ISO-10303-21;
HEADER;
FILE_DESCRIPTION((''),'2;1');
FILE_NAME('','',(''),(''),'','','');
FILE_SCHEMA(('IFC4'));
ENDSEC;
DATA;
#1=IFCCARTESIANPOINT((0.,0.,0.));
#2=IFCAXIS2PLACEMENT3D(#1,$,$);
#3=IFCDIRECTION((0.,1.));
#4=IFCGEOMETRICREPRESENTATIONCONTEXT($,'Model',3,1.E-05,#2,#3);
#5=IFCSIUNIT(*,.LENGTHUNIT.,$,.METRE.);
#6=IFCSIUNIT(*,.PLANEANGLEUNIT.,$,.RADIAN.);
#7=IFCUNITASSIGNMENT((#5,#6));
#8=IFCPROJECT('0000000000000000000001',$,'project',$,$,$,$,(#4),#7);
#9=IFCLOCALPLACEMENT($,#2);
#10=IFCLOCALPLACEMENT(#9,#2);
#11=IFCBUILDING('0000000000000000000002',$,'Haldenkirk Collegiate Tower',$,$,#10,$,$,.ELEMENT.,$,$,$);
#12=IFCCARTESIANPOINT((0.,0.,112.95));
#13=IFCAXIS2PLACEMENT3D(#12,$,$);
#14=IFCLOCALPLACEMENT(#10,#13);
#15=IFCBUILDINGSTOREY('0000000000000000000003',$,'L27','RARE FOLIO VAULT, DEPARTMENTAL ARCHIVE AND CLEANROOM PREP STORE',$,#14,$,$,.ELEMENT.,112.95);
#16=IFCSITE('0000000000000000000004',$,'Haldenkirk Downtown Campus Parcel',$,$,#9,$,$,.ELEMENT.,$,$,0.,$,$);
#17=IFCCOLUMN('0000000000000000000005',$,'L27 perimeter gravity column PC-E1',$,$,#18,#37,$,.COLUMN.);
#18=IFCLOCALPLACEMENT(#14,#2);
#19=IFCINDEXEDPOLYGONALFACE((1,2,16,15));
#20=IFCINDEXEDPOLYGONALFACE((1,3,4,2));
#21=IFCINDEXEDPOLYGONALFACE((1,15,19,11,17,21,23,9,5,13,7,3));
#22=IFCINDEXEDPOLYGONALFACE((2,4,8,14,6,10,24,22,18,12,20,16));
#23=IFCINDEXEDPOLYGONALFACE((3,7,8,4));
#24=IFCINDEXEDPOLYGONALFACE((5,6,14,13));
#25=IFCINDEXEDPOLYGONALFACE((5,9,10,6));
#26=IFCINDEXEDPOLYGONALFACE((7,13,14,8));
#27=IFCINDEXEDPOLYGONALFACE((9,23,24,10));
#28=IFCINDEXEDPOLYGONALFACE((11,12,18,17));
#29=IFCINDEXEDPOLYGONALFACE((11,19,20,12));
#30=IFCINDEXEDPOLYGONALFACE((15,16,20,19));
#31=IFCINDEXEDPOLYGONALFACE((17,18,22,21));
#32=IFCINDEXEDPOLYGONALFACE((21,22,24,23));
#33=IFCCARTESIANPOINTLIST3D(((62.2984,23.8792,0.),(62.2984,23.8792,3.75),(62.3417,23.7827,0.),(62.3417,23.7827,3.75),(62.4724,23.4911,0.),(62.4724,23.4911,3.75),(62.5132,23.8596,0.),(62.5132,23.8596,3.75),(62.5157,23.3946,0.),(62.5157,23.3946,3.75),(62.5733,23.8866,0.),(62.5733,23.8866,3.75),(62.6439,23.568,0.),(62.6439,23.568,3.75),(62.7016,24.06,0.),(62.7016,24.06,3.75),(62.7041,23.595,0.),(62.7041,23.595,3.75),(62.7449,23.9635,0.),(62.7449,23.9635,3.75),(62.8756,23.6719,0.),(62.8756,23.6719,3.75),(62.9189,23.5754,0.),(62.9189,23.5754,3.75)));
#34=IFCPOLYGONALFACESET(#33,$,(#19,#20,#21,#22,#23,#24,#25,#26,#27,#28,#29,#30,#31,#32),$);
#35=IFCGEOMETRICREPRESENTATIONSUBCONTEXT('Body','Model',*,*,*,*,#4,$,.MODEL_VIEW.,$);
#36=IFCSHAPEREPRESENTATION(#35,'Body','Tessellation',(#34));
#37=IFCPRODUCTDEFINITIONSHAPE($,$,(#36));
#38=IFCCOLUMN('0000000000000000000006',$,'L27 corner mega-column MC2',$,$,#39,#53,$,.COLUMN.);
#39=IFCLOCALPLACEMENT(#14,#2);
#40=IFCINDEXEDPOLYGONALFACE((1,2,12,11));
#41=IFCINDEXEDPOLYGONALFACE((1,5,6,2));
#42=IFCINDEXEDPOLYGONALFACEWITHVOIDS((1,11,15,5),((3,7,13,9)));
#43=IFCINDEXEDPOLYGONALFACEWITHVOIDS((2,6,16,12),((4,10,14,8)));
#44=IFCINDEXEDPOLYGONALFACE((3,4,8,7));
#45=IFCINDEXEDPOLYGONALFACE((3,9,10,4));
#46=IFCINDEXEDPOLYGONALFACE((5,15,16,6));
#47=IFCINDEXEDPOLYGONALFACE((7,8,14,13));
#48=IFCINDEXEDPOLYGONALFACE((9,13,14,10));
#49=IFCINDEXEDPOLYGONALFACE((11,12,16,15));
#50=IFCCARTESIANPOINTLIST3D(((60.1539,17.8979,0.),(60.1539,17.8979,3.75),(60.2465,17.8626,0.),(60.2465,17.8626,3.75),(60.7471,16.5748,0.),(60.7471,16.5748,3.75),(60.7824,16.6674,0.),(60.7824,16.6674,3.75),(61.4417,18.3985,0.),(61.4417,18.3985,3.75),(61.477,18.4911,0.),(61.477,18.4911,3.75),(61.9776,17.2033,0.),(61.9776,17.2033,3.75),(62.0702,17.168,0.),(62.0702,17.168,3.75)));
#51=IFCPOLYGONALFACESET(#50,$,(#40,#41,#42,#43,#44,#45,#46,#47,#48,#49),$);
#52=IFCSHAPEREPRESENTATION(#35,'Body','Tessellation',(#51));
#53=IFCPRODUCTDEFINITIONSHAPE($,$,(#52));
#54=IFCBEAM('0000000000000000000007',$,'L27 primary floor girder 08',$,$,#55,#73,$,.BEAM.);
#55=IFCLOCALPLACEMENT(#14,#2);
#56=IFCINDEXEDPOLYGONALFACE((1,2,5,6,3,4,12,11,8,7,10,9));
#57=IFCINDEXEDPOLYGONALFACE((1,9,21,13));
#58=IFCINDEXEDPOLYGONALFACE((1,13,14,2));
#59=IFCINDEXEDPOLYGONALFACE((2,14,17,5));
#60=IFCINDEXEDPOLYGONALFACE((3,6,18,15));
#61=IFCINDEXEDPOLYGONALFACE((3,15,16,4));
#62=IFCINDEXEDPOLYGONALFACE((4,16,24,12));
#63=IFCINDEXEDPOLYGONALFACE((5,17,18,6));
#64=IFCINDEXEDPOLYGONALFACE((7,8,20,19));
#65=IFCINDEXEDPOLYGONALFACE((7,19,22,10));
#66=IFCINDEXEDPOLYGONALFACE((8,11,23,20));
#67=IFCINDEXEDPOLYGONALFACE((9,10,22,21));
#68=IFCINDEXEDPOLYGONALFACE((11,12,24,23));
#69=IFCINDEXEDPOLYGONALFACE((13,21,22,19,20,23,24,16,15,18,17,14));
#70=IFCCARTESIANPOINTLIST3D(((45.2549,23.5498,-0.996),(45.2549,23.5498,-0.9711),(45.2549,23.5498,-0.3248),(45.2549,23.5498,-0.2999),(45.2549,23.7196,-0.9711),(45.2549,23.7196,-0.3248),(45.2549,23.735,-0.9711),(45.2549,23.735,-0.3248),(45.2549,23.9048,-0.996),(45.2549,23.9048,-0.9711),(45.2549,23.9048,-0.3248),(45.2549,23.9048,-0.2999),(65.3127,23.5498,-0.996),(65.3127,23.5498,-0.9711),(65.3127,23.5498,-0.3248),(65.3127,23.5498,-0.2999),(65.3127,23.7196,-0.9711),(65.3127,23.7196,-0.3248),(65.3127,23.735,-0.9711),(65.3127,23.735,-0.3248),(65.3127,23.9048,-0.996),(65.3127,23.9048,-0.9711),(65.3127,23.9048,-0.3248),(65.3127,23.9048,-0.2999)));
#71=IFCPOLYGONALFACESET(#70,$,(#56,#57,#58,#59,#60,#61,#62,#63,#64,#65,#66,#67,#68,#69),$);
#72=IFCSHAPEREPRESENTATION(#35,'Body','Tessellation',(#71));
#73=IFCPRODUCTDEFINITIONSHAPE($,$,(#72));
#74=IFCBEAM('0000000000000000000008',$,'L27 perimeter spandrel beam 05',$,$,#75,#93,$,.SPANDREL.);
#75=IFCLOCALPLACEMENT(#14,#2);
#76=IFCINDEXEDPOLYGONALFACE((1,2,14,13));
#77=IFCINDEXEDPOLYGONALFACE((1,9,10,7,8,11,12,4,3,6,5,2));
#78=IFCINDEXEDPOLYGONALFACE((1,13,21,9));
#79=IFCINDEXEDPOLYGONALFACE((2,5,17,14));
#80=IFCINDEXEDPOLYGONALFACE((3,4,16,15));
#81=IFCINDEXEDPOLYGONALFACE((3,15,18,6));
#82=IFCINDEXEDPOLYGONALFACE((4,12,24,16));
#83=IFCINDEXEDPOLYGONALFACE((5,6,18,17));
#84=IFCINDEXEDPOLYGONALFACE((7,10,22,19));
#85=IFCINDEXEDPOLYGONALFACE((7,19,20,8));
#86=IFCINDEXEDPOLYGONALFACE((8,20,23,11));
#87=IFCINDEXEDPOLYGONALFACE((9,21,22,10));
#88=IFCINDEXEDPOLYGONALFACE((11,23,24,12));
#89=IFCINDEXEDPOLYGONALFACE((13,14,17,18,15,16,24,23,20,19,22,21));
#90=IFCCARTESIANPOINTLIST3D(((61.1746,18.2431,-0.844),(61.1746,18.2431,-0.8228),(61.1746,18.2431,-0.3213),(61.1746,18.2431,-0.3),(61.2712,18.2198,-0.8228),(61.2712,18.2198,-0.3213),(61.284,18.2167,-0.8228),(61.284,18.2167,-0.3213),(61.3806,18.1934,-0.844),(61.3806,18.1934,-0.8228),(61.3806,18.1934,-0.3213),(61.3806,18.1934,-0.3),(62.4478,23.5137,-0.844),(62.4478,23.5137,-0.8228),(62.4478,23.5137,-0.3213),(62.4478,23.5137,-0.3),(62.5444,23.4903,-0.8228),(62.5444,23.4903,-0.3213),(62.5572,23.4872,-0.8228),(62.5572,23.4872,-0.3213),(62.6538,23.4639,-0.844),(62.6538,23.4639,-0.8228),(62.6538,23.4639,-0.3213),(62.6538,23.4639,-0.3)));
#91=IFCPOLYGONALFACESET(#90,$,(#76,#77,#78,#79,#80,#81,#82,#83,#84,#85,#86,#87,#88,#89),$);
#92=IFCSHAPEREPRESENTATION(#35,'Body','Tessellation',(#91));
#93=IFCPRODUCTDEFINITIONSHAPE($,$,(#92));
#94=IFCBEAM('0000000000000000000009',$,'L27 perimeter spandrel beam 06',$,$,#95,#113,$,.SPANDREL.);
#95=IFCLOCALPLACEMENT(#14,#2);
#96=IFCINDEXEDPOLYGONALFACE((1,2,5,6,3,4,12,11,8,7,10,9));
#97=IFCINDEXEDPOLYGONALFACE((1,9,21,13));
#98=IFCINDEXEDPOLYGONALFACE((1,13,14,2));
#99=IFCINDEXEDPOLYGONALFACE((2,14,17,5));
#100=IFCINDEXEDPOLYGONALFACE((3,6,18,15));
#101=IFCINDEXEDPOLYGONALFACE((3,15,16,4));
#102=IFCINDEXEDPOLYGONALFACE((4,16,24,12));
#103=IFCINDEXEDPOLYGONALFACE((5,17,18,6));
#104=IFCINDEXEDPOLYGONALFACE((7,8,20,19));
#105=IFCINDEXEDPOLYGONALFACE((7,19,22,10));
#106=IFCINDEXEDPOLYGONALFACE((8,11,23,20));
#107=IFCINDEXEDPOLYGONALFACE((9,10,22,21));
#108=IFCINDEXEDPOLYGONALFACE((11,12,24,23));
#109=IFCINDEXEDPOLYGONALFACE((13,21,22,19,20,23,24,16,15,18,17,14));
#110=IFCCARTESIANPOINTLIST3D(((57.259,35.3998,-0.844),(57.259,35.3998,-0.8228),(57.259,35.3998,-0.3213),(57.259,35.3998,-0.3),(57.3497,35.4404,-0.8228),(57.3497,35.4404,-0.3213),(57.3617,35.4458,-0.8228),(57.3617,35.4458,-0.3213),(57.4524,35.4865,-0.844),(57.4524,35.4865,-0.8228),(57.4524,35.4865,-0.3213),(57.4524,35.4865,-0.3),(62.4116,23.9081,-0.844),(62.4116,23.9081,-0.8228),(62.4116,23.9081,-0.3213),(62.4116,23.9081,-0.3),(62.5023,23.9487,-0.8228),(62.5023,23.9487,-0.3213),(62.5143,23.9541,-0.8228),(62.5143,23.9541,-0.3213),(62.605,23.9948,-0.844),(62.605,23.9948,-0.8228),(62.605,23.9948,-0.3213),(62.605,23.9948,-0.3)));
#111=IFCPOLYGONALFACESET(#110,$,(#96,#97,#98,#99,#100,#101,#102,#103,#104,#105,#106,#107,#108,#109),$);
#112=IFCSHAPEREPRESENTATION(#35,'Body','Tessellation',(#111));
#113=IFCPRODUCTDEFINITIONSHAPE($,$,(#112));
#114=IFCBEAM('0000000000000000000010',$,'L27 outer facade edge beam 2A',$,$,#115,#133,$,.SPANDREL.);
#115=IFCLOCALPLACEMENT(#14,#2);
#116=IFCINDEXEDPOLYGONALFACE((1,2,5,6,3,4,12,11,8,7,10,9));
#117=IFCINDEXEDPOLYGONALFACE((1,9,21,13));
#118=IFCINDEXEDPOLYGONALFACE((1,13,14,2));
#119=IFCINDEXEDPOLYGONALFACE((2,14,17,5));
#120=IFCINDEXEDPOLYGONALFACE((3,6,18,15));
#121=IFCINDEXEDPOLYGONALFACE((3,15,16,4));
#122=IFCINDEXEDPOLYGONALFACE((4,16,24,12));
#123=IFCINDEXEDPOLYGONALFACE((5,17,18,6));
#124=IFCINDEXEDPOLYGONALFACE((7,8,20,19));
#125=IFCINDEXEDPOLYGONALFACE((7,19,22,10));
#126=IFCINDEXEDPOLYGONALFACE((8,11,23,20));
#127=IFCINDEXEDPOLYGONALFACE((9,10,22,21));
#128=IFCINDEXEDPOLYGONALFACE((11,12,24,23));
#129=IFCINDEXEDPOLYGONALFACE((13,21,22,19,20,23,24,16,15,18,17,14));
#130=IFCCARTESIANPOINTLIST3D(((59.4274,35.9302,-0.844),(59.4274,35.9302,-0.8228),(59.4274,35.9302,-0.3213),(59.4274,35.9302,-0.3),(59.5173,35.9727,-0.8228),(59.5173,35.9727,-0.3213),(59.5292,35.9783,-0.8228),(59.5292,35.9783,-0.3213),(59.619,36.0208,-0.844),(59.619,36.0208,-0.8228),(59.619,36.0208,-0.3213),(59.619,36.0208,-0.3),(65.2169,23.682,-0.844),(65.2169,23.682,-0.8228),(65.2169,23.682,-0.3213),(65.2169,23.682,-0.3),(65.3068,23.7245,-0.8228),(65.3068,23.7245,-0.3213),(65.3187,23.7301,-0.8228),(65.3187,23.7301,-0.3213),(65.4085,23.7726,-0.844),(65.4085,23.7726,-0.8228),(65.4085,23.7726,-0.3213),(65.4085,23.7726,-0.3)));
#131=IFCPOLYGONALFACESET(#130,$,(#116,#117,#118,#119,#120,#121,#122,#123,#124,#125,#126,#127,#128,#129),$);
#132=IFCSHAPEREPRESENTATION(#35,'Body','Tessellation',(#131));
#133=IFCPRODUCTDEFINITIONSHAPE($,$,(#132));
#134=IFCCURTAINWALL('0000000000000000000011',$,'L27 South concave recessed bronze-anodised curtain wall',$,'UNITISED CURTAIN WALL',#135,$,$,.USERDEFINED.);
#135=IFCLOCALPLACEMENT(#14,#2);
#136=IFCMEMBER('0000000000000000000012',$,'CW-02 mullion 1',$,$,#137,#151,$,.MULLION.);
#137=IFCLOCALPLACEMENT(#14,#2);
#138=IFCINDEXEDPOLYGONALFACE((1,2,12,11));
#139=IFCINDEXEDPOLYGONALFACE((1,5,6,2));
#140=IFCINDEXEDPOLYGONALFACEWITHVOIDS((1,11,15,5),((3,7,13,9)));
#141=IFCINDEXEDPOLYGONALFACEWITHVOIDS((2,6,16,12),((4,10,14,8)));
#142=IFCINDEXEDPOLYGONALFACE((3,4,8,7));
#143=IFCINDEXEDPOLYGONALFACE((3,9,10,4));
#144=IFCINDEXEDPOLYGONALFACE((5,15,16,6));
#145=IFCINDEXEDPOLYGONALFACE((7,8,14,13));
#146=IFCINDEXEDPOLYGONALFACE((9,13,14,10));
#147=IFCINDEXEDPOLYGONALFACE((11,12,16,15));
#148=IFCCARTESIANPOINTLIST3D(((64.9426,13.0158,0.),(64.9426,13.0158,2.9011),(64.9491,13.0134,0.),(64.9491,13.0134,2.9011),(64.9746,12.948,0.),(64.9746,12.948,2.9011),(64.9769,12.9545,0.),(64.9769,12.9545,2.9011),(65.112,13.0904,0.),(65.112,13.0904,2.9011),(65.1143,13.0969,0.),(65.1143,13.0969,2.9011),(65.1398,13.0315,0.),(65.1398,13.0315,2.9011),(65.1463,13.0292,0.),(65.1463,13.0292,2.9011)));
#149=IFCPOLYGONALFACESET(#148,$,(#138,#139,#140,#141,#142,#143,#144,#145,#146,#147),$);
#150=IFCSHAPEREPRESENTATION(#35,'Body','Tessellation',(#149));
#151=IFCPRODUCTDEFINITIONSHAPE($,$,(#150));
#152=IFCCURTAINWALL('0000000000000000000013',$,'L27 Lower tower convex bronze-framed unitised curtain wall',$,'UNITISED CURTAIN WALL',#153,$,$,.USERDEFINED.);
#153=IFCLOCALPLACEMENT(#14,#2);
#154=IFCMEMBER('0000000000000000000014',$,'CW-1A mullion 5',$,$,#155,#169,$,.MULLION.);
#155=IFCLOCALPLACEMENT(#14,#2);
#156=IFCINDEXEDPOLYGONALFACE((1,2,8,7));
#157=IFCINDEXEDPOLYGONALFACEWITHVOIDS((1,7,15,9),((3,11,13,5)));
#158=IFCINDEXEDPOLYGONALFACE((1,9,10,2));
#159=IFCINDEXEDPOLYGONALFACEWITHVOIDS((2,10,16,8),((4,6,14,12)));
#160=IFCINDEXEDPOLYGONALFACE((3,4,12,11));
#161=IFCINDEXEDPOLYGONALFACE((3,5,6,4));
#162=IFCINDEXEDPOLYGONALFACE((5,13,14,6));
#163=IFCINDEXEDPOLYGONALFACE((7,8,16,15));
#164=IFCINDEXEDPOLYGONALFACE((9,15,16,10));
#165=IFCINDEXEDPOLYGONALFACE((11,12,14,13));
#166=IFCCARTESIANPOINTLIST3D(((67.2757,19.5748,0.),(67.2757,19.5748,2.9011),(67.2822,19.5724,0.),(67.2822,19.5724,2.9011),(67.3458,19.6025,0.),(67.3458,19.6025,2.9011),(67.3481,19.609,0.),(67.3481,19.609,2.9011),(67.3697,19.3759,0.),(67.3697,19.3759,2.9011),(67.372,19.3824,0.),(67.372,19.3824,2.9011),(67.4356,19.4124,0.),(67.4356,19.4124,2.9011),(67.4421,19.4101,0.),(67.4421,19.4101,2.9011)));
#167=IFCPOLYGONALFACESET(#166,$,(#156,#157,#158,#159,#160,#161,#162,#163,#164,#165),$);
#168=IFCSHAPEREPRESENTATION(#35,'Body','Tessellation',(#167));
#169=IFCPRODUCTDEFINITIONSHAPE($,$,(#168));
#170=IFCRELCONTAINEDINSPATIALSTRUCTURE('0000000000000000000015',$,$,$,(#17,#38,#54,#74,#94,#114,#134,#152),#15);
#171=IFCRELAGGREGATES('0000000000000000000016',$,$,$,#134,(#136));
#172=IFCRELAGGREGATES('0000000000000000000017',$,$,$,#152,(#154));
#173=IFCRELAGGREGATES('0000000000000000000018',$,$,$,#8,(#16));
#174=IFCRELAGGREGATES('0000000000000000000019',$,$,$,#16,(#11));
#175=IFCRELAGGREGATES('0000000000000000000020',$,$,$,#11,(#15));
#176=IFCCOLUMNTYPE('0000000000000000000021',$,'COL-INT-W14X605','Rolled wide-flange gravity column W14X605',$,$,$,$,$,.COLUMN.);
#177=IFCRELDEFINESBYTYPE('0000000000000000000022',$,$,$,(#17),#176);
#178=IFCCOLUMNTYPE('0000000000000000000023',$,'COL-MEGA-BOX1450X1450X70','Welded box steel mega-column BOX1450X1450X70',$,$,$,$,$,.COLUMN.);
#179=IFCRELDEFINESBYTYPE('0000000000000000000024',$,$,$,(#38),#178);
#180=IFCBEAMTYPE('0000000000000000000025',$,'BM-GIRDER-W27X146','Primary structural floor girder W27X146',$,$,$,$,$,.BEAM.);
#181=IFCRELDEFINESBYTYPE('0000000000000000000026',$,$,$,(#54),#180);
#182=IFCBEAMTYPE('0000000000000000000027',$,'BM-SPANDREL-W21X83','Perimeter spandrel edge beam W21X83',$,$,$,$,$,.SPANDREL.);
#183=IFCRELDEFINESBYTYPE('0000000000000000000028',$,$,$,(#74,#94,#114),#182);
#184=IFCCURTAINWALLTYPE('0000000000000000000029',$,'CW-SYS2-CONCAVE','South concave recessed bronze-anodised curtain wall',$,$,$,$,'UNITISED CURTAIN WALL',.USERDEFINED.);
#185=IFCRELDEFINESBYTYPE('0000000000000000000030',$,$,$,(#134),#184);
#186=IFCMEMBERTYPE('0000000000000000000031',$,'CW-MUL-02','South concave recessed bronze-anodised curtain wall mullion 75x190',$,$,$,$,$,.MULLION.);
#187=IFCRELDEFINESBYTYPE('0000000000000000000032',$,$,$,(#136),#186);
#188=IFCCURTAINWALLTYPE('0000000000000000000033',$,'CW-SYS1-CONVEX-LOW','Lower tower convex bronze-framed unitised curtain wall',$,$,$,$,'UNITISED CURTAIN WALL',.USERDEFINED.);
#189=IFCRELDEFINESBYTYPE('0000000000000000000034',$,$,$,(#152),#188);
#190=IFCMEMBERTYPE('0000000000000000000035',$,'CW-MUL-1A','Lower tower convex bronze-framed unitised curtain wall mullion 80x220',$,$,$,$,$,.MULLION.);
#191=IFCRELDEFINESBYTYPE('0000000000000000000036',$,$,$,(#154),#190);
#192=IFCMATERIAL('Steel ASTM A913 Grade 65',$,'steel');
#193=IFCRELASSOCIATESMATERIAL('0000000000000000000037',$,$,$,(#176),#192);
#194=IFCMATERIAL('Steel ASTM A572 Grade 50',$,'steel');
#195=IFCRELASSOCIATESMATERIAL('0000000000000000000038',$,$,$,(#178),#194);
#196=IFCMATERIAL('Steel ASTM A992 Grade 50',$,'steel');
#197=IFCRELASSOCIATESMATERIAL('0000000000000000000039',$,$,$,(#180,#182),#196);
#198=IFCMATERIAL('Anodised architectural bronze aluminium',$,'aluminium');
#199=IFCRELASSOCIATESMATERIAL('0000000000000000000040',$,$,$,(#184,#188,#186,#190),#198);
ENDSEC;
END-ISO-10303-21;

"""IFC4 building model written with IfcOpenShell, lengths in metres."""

from ifc_helpers import new_model, si_unit, direction, frame, origin, origin_2d, place, context, subcontext, project, spatial, hollow_rectangle, i_section, extrude, material, material_profile, profile_set, type_object, element, aggregate, save


model = new_model("IFC4")

# Units and contexts
model_context = context("Model", 3, precision=1e-05, world=origin(), true_north=direction((0.0, 1.0)))
body_context = subcontext(model_context, "Body", "Model", "MODEL_VIEW")
ifc_project = project(units=[si_unit("LENGTHUNIT", "METRE"), si_unit("PLANEANGLEUNIT", "RADIAN")], contexts=[model_context])

# Site, building, storey
site_placement = place(None, origin())
site = spatial("IfcSite", under=ifc_project, at=site_placement, Name="Haldenkirk Downtown Campus Parcel", CompositionType="ELEMENT", RefElevation=0.0)
building_placement = place(site_placement, origin())
building = spatial("IfcBuilding", under=site, at=building_placement, Name="Haldenkirk Collegiate Tower", CompositionType="ELEMENT")
storey_placement = place(building_placement, frame((0.0, 0.0, 112.95)))
storey = spatial("IfcBuildingStorey", under=building, at=storey_placement, Name="L27", Description="RARE FOLIO VAULT, DEPARTMENTAL ARCHIVE AND CLEANROOM PREP STORE", CompositionType="ELEMENT", Elevation=112.95)

# Columns
ifc_material_1 = material(Name="Steel ASTM A913 Grade 65", Category="steel")
ifc_material_profile_1 = material_profile(ifc_material_1, i_section(OverallWidth=0.4419, OverallDepth=0.531, WebThickness=0.0659, FlangeThickness=0.1057, at=origin_2d()), Name="W14X605")
ifc_profile_set_1 = profile_set([ifc_material_profile_1], Name="Steel ASTM A913 Grade 65")
column_type_1 = type_object("IfcColumnType", Name="COL-INT-W14X605", Description="Rolled wide-flange gravity column W14X605", PredefinedType="COLUMN", material=ifc_profile_set_1)
column_1_placement = place(storey_placement, frame((62.6086, 23.7273, 0.0), z_axis=(0.0, 0.0, 1.0), x_axis=(0.912477, 0.409127, 0.0)))
element("IfcColumn", 1, at=column_1_placement, inside=storey, type_object=column_type_1, Name="L27 perimeter gravity column PC-E1", PredefinedType="COLUMN", context=body_context, shape_type="SweptSolid", body=[
    extrude(i_section(OverallWidth=0.4419, OverallDepth=0.531, WebThickness=0.0659, FlangeThickness=0.1057, at=origin_2d()), origin(), (0.0, 0.0, 1.0), 3.75),
])
ifc_material_2 = material(Name="Steel ASTM A572 Grade 50", Category="steel")
ifc_material_profile_2 = material_profile(ifc_material_2, hollow_rectangle(XDim=1.45, YDim=1.45, WallThickness=0.0701, at=origin_2d()), Name="BOX1450X1450X70")
ifc_profile_set_2 = profile_set([ifc_material_profile_2], Name="Steel ASTM A572 Grade 50")
column_type_2 = type_object("IfcColumnType", Name="COL-MEGA-BOX1450X1450X70", Description="Welded box steel mega-column BOX1450X1450X70", PredefinedType="COLUMN", material=ifc_profile_set_2)
column_2_placement = place(storey_placement, frame((61.1121, 17.533, 0.0), z_axis=(0.0, 0.0, 1.0), x_axis=(0.912477, 0.409127, 0.0)))
element("IfcColumn", 2, at=column_2_placement, inside=storey, type_object=column_type_2, Name="L27 corner mega-column MC2", PredefinedType="COLUMN", context=body_context, shape_type="SweptSolid", body=[
    extrude(hollow_rectangle(XDim=1.45, YDim=1.45, WallThickness=0.0701, at=origin_2d()), origin(), (0.0, 0.0, 1.0), 3.75),
])

# Beams
ifc_material_3 = material(Name="Steel ASTM A992 Grade 50", Category="steel")
ifc_material_profile_3 = material_profile(ifc_material_3, i_section(OverallWidth=0.355, OverallDepth=0.696, WebThickness=0.0154, FlangeThickness=0.0249, at=origin_2d()), Name="W27X146")
ifc_profile_set_3 = profile_set([ifc_material_profile_3], Name="Steel ASTM A992 Grade 50")
beam_type_1 = type_object("IfcBeamType", Name="BM-GIRDER-W27X146", Description="Primary structural floor girder W27X146", PredefinedType="BEAM", material=ifc_profile_set_3)
beam_1_placement = place(storey_placement, frame((65.3127, 23.7273, -0.6479), z_axis=(-1.0, 0.0, 0.0), x_axis=(0.0, -1.0, 0.0)))
element("IfcBeam", 3, at=beam_1_placement, inside=storey, type_object=beam_type_1, Name="L27 primary floor girder 08", PredefinedType="BEAM", context=body_context, shape_type="SweptSolid", body=[
    extrude(i_section(OverallWidth=0.355, OverallDepth=0.696, WebThickness=0.0154, FlangeThickness=0.0249, at=origin_2d()), origin(), (0.0, 0.0, 1.0), 20.0579),
])
ifc_material_profile_4 = material_profile(ifc_material_3, i_section(OverallWidth=0.2119, OverallDepth=0.5439, WebThickness=0.0132, FlangeThickness=0.0212, at=origin_2d()), Name="W21X83")
ifc_profile_set_4 = profile_set([ifc_material_profile_4], Name="Steel ASTM A992 Grade 50")
beam_type_2 = type_object("IfcBeamType", Name="BM-SPANDREL-W21X83", Description="Perimeter spandrel edge beam W21X83", PredefinedType="SPANDREL", material=ifc_profile_set_4)
beam_2_placement = place(storey_placement, frame((61.2776, 18.2183, -0.572), z_axis=(0.234815, 0.97204, 0.0), x_axis=(-0.97204, 0.234815, 0.0)))
element("IfcBeam", 4, at=beam_2_placement, inside=storey, type_object=beam_type_2, Name="L27 perimeter spandrel beam 05", PredefinedType="SPANDREL", context=body_context, shape_type="SweptSolid", body=[
    extrude(i_section(OverallWidth=0.2119, OverallDepth=0.5439, WebThickness=0.0132, FlangeThickness=0.0212, at=origin_2d()), origin(), (0.0, 0.0, 1.0), 5.4221),
])
beam_3_placement = place(storey_placement, frame((62.5083, 23.9514, -0.572), z_axis=(-0.409131, 0.912476, 0.0), x_axis=(-0.912476, -0.409131, 0.0)))
element("IfcBeam", 5, at=beam_3_placement, inside=storey, type_object=beam_type_2, Name="L27 perimeter spandrel beam 06", PredefinedType="SPANDREL", context=body_context, shape_type="SweptSolid", body=[
    extrude(i_section(OverallWidth=0.2119, OverallDepth=0.5439, WebThickness=0.0132, FlangeThickness=0.0212, at=origin_2d()), origin(), (0.0, 0.0, 1.0), 12.594),
])
beam_4_placement = place(storey_placement, frame((65.3127, 23.7273, -0.572), z_axis=(-0.427346, 0.904088, 0.0), x_axis=(-0.904088, -0.427346, 0.0)))
element("IfcBeam", 6, at=beam_4_placement, inside=storey, type_object=beam_type_2, Name="L27 outer facade edge beam 2A", PredefinedType="SPANDREL", context=body_context, shape_type="SweptSolid", body=[
    extrude(i_section(OverallWidth=0.2119, OverallDepth=0.5439, WebThickness=0.0132, FlangeThickness=0.0212, at=origin_2d()), origin(), (0.0, 0.0, 1.0), 13.5476),
])

# Curtain walls, members
ifc_material_4 = material(Name="Anodised architectural bronze aluminium", Category="aluminium")
curtain_wall_type_1 = type_object("IfcCurtainWallType", Name="CW-SYS2-CONCAVE", Description="South concave recessed bronze-anodised curtain wall", ElementType="UNITISED CURTAIN WALL", PredefinedType="USERDEFINED", material=ifc_material_4)
curtain_wall_1_placement = place(storey_placement, origin())
curtain_wall_1 = element("IfcCurtainWall", 7, at=curtain_wall_1_placement, inside=storey, type_object=curtain_wall_type_1, Name="L27 South concave recessed bronze-anodised curtain wall", ObjectType="UNITISED CURTAIN WALL", PredefinedType="USERDEFINED")
ifc_material_profile_5 = material_profile(ifc_material_4, hollow_rectangle(XDim=0.075, YDim=0.1899, WallThickness=0.0049, at=origin_2d()), Name="CW-MUL-02")
ifc_profile_set_5 = profile_set([ifc_material_profile_5], Name="Anodised architectural bronze aluminium")
member_type_1 = type_object("IfcMemberType", Name="CW-MUL-02", Description="South concave recessed bronze-anodised curtain wall mullion 75x190", PredefinedType="MULLION", material=ifc_profile_set_5)
member_1_placement = place(storey_placement, frame((65.0444, 13.0225, 0.0), z_axis=(0.0, 0.0, 1.0), x_axis=(0.427359, -0.904082, 0.0)))
member_1 = element("IfcMember", 8, at=member_1_placement, type_object=member_type_1, Name="CW-02 mullion 1", PredefinedType="MULLION", context=body_context, shape_type="SweptSolid", body=[
    extrude(hollow_rectangle(XDim=0.075, YDim=0.1899, WallThickness=0.0049, at=origin_2d()), origin(), (0.0, 0.0, 1.0), 2.9011),
])
curtain_wall_type_2 = type_object("IfcCurtainWallType", Name="CW-SYS1-CONVEX-LOW", Description="Lower tower convex bronze-framed unitised curtain wall", ElementType="UNITISED CURTAIN WALL", PredefinedType="USERDEFINED", material=ifc_material_4)
curtain_wall_2_placement = place(storey_placement, origin())
curtain_wall_2 = element("IfcCurtainWall", 9, at=curtain_wall_2_placement, inside=storey, type_object=curtain_wall_type_2, Name="L27 Lower tower convex bronze-framed unitised curtain wall", ObjectType="UNITISED CURTAIN WALL", PredefinedType="USERDEFINED")
ifc_material_profile_6 = material_profile(ifc_material_4, hollow_rectangle(XDim=0.0801, YDim=0.22, WallThickness=0.0049, at=origin_2d()), Name="CW-MUL-1A")
ifc_profile_set_6 = profile_set([ifc_material_profile_6], Name="Anodised architectural bronze aluminium")
member_type_2 = type_object("IfcMemberType", Name="CW-MUL-1A", Description="Lower tower convex bronze-framed unitised curtain wall mullion 80x220", PredefinedType="MULLION", material=ifc_profile_set_6)
member_2_placement = place(storey_placement, frame((67.3589, 19.4924, 0.0), z_axis=(0.0, 0.0, 1.0), x_axis=(0.904083, 0.427357, 0.0)))
member_2 = element("IfcMember", 10, at=member_2_placement, type_object=member_type_2, Name="CW-1A mullion 5", PredefinedType="MULLION", context=body_context, shape_type="SweptSolid", body=[
    extrude(hollow_rectangle(XDim=0.0801, YDim=0.22, WallThickness=0.0049, at=origin_2d()), origin(), (0.0, 0.0, 1.0), 2.9011),
])

aggregate(curtain_wall_1, [member_1])

aggregate(curtain_wall_2, [member_2])

save(model, "model.ifc")
